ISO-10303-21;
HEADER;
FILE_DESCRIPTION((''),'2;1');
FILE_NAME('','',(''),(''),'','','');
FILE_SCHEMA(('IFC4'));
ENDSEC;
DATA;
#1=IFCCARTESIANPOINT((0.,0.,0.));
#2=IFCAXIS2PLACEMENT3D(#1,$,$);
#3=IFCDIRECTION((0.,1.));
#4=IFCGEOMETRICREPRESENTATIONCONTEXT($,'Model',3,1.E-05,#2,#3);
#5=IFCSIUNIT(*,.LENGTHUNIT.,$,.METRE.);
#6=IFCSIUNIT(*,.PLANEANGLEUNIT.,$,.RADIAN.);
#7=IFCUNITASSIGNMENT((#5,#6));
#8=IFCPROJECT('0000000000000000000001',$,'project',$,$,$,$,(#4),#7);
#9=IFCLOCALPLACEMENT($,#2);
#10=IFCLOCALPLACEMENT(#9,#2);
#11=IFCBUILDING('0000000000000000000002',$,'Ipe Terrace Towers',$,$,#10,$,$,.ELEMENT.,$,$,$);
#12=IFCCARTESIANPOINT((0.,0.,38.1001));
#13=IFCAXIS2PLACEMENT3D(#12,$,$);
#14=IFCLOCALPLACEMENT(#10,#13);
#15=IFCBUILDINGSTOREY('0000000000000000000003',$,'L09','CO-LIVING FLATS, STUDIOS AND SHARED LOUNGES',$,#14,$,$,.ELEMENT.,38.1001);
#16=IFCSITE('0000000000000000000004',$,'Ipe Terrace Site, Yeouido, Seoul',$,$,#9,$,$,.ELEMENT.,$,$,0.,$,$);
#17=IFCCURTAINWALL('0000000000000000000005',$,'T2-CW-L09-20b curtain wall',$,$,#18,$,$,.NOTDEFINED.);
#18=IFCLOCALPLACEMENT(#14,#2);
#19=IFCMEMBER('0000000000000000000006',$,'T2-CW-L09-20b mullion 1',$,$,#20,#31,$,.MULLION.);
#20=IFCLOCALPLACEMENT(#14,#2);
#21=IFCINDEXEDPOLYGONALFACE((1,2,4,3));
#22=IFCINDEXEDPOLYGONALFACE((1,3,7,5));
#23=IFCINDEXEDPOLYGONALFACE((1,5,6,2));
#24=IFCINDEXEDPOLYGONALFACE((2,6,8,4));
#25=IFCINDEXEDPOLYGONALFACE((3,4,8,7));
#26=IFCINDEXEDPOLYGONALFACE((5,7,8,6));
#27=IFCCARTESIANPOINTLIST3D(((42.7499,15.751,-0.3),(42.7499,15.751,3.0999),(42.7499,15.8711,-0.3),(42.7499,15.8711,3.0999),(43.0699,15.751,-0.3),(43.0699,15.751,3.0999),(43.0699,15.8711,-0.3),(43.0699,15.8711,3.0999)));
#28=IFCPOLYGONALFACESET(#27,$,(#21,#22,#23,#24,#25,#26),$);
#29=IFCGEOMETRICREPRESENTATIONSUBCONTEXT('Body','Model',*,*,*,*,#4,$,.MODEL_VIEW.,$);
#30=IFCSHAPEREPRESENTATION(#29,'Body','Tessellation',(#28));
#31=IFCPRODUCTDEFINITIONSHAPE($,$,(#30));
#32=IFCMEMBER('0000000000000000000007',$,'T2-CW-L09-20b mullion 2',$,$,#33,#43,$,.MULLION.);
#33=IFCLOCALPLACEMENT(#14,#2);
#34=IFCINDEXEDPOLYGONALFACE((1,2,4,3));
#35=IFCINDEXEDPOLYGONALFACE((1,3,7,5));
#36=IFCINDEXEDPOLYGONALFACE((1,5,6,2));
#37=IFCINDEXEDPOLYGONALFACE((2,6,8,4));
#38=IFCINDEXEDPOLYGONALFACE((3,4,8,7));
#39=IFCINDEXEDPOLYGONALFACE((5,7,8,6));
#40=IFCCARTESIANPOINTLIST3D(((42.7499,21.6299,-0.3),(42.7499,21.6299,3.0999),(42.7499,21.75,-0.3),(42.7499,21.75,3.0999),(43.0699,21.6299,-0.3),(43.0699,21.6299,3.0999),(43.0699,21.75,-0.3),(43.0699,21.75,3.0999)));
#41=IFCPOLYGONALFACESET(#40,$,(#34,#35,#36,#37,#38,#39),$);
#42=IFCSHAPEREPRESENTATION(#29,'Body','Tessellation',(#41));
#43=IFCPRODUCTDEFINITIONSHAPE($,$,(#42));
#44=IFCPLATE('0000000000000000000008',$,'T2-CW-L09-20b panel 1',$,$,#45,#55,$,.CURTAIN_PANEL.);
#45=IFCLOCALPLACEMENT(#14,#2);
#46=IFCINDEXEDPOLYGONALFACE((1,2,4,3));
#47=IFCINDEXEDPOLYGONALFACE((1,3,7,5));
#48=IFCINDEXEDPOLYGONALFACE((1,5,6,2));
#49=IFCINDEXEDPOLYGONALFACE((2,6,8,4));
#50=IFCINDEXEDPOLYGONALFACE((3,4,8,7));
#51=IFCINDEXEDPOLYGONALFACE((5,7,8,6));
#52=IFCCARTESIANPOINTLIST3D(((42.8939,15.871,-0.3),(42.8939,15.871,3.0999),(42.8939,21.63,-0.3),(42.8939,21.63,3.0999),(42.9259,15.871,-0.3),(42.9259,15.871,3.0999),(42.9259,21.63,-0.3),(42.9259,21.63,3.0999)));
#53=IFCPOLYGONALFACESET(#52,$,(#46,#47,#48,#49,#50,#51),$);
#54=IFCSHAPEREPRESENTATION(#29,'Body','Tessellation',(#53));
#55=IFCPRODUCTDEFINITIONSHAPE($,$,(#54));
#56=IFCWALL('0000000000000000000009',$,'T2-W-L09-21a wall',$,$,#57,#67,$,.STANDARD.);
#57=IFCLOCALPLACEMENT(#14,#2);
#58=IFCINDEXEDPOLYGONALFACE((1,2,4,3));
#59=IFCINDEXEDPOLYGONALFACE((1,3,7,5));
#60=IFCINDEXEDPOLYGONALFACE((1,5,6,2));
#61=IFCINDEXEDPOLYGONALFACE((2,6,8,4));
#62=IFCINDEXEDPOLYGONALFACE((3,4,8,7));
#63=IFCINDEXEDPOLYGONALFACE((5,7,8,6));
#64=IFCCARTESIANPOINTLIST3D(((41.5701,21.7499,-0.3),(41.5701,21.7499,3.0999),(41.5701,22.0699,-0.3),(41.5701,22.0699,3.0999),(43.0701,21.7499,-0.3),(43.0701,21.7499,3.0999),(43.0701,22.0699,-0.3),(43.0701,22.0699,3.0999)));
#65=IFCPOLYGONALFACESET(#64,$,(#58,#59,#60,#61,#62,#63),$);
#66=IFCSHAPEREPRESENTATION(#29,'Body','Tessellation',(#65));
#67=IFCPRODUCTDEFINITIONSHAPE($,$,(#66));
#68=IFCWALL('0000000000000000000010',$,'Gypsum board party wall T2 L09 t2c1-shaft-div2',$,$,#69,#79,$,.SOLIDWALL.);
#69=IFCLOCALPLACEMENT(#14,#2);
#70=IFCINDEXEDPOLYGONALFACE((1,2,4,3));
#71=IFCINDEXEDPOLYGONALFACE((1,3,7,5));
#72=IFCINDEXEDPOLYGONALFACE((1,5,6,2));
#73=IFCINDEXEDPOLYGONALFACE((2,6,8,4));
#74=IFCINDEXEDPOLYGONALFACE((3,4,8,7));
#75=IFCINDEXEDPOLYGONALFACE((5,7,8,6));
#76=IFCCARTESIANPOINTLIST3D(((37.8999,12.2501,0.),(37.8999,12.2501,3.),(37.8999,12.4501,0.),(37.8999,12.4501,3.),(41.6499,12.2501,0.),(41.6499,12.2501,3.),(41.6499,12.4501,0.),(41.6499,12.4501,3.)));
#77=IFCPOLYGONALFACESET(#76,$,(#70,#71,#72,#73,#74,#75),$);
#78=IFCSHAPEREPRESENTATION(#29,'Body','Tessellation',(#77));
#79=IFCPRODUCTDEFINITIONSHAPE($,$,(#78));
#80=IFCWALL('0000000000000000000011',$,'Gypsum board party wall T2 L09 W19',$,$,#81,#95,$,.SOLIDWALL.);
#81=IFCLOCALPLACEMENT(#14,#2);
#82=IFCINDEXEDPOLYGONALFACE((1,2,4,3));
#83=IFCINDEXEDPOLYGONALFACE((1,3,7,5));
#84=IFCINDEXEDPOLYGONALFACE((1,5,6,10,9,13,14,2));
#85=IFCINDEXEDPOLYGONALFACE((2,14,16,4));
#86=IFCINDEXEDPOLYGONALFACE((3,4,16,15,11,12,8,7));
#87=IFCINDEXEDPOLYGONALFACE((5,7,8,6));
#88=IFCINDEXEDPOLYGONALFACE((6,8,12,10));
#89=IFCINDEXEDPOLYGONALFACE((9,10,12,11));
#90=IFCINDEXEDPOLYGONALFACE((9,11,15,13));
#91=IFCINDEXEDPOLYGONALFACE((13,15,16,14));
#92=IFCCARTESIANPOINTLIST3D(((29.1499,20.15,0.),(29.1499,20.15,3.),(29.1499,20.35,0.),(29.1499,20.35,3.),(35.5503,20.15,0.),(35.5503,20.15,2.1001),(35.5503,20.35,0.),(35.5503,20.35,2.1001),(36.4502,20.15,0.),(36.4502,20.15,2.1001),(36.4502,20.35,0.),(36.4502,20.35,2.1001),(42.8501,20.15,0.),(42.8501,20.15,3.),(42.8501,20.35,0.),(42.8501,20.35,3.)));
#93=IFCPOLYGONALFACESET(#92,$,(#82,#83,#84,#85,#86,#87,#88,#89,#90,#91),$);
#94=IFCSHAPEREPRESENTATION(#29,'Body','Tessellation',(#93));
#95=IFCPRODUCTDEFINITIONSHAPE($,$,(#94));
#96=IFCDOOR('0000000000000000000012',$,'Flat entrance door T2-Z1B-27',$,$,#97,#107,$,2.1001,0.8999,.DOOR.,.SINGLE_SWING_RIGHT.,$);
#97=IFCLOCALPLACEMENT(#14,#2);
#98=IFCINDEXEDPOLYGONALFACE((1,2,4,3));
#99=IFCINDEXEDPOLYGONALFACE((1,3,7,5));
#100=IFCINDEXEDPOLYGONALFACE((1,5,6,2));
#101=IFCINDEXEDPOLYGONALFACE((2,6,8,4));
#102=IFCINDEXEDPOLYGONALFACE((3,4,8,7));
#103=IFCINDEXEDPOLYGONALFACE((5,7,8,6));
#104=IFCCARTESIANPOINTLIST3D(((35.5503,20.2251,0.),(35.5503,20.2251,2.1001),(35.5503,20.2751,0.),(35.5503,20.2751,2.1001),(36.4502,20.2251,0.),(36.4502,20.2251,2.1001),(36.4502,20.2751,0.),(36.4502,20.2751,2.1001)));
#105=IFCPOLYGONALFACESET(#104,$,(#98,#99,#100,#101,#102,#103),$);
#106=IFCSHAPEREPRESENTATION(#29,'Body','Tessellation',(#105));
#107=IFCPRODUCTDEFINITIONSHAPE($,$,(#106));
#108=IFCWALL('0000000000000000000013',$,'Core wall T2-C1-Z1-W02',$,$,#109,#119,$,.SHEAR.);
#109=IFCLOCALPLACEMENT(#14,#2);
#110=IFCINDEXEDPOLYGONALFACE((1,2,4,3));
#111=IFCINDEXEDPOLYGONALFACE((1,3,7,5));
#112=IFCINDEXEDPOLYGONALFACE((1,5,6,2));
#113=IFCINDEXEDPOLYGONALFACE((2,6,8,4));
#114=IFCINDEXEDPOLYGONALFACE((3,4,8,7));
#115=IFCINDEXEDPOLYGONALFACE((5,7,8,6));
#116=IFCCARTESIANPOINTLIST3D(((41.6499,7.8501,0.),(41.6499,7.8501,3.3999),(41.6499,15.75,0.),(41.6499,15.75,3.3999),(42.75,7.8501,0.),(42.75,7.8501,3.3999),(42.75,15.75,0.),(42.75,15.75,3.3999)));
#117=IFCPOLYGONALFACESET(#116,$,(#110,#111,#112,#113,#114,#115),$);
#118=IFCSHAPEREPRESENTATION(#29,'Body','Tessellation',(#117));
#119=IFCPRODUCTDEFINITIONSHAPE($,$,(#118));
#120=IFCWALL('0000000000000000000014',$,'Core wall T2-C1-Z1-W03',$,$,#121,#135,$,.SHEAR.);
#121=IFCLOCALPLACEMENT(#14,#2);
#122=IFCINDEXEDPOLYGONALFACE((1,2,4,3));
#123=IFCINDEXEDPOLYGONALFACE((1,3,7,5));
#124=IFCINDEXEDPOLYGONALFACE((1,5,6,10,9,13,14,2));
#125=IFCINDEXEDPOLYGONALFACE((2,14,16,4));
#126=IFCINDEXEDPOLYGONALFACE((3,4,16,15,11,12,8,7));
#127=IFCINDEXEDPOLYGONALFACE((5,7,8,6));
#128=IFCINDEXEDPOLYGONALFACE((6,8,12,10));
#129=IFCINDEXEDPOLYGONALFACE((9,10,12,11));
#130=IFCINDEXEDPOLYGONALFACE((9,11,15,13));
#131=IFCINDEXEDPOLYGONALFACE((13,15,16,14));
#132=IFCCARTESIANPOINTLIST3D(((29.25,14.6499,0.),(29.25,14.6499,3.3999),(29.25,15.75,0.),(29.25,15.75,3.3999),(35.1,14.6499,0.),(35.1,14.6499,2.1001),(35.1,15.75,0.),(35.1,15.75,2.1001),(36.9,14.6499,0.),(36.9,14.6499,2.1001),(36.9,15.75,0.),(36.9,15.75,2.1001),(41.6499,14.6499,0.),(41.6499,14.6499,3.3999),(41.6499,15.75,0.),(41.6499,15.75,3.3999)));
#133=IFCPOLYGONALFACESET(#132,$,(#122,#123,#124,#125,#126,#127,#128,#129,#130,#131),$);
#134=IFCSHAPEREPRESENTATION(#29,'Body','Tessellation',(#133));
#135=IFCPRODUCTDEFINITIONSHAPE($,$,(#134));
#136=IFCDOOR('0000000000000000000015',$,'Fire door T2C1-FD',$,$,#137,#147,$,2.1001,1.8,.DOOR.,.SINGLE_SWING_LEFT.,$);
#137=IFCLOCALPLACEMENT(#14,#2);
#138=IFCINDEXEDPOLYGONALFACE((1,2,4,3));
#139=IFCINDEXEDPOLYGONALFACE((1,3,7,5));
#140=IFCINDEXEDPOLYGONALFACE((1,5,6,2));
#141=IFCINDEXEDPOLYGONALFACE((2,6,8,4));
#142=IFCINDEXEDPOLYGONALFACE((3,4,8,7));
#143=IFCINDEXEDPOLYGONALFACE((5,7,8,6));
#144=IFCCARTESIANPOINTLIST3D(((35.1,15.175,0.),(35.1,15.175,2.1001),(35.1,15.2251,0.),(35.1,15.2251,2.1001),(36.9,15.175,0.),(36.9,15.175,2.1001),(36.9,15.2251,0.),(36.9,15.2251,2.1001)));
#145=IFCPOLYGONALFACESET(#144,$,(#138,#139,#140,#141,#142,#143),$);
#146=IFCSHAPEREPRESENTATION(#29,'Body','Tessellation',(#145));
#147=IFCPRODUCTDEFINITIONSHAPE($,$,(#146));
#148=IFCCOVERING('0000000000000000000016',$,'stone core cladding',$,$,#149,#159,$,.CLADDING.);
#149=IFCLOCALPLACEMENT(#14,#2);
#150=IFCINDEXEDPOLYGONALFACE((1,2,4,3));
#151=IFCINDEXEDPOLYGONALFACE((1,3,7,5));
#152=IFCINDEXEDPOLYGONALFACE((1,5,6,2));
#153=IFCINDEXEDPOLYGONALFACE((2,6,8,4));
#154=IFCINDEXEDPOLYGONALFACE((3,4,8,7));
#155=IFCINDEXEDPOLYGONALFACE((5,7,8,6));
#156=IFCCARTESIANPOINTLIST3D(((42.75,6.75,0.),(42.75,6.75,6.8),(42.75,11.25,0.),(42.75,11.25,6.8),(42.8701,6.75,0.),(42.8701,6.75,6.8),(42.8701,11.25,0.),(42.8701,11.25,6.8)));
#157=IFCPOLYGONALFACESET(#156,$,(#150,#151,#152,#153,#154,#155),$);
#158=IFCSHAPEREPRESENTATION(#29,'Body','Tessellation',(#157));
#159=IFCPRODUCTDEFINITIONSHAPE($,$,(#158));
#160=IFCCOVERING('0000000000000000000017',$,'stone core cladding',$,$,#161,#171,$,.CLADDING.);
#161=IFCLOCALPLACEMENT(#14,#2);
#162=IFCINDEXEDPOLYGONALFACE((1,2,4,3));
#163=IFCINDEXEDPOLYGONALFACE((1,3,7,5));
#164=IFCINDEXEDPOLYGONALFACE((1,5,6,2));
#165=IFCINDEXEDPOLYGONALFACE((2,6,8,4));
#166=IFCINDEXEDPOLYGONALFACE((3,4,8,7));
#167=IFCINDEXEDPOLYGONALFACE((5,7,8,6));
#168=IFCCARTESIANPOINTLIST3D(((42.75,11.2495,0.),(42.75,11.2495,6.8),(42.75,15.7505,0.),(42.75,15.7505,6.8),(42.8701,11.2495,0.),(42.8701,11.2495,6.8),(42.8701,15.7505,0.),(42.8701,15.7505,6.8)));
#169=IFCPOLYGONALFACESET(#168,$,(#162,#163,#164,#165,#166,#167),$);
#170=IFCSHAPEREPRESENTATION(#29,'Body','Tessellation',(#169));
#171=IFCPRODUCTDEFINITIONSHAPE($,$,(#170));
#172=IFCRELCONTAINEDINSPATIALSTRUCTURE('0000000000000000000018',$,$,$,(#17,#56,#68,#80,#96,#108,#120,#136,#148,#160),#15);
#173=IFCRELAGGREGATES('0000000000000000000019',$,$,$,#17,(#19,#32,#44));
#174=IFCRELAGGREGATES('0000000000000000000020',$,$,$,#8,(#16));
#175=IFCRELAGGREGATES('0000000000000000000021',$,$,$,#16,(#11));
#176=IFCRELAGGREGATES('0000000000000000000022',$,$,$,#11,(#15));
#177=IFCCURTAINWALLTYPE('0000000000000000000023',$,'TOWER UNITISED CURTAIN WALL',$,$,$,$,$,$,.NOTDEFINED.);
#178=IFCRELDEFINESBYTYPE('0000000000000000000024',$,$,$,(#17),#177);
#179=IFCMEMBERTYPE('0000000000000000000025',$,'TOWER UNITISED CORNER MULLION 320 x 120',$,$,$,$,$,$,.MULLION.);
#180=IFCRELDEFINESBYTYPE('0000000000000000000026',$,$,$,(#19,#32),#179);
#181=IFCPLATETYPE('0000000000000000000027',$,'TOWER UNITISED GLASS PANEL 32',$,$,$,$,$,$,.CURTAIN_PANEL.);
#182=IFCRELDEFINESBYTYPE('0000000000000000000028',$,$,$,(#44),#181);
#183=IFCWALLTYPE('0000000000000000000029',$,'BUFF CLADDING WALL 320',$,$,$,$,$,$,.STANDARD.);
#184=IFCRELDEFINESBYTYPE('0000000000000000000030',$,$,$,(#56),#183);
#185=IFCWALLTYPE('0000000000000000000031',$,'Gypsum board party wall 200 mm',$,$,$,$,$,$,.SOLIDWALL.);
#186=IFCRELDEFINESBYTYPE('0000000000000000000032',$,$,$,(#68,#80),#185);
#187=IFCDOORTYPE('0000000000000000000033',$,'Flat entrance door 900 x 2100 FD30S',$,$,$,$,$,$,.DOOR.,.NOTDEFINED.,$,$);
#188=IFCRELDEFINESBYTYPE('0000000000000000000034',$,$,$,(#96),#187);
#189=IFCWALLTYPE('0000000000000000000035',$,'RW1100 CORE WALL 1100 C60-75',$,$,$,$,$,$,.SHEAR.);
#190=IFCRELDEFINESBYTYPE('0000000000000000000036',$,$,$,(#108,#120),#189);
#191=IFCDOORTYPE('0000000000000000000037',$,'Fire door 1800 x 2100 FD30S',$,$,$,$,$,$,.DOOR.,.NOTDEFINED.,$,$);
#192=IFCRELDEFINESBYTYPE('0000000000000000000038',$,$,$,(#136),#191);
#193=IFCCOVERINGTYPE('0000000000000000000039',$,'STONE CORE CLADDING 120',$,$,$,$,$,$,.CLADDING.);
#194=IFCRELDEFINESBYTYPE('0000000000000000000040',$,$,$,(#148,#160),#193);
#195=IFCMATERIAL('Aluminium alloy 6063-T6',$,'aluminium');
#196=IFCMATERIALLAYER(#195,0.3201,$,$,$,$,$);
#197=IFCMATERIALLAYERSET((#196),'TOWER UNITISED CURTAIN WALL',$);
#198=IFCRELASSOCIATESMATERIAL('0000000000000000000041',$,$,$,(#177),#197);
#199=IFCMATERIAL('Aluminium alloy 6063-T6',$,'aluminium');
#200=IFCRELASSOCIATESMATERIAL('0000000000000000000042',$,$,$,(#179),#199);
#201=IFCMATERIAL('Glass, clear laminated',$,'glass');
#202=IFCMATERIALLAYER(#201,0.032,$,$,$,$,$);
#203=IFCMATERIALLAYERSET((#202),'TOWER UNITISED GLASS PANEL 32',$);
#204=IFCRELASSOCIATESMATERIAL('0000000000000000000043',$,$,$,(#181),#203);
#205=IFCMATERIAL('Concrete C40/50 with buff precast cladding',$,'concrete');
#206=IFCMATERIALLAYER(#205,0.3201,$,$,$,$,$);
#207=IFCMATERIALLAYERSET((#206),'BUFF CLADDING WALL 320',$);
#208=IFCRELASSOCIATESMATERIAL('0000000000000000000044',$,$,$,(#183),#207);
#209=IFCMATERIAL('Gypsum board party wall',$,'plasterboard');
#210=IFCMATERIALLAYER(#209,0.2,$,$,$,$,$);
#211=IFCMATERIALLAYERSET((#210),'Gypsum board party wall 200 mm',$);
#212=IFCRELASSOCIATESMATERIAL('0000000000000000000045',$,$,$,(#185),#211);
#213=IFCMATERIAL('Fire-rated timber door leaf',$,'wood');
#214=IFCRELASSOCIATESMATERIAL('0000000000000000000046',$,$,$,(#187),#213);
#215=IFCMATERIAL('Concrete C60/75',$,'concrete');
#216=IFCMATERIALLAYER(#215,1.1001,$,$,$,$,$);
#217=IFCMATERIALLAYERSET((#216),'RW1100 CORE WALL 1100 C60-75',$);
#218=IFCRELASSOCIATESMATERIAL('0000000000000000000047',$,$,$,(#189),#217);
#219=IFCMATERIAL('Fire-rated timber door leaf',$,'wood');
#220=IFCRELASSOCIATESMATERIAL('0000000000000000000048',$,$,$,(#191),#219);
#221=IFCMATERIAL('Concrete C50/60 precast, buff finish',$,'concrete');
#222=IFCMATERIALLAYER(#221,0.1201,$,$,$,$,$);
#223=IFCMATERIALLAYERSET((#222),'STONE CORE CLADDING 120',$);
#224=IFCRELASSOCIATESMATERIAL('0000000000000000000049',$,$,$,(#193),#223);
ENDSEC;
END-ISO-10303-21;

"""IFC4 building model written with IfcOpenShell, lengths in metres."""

from ifc_helpers import new_model, si_unit, direction, frame, frame_2d, origin, origin_2d, place, context, subcontext, project, spatial, rectangle, extrude, material, layer, layer_set, material_profile, profile_set, type_object, element, fill, aggregate, save


model = new_model("IFC4")

# Units and contexts
model_context = context("Model", 3, precision=1e-05, world=origin(), true_north=direction((0.0, 1.0)))
body_context = subcontext(model_context, "Body", "Model", "MODEL_VIEW")
ifc_project = project(units=[si_unit("LENGTHUNIT", "METRE"), si_unit("PLANEANGLEUNIT", "RADIAN")], contexts=[model_context])

# Site, building, storey
site_placement = place(None, origin())
site = spatial("IfcSite", under=ifc_project, at=site_placement, Name="Ipe Terrace Site, Yeouido, Seoul", CompositionType="ELEMENT", RefElevation=0.0)
building_placement = place(site_placement, origin())
building = spatial("IfcBuilding", under=site, at=building_placement, Name="Ipe Terrace Towers", CompositionType="ELEMENT")
storey_placement = place(building_placement, frame((0.0, 0.0, 38.1001)))
storey = spatial("IfcBuildingStorey", under=building, at=storey_placement, Name="L09", Description="CO-LIVING FLATS, STUDIOS AND SHARED LOUNGES", CompositionType="ELEMENT", Elevation=38.1001)

# Curtain wall, members, plate
ifc_material_1 = material(Name="Aluminium alloy 6063-T6", Category="aluminium")
ifc_layer_1 = layer(ifc_material_1, 0.3201)
ifc_layer_set_1 = layer_set([ifc_layer_1], Name="TOWER UNITISED CURTAIN WALL")
curtain_wall_type = type_object("IfcCurtainWallType", Name="TOWER UNITISED CURTAIN WALL", PredefinedType="NOTDEFINED", material=ifc_layer_set_1)
curtain_wall_placement = place(storey_placement, origin())
curtain_wall = element("IfcCurtainWall", 1, at=curtain_wall_placement, inside=storey, type_object=curtain_wall_type, Name="T2-CW-L09-20b curtain wall", PredefinedType="NOTDEFINED")
ifc_material_2 = material(Name="Aluminium alloy 6063-T6", Category="aluminium")
ifc_material_profile_1 = material_profile(ifc_material_2, rectangle(XDim=0.3201, YDim=0.1201, at=origin_2d()), Name="TOWER UNITISED CORNER MULLION 320 x 120")
ifc_profile_set_1 = profile_set([ifc_material_profile_1], Name="Aluminium alloy 6063-T6")
member_type = type_object("IfcMemberType", Name="TOWER UNITISED CORNER MULLION 320 x 120", PredefinedType="MULLION", material=ifc_profile_set_1)
member_1_placement = place(storey_placement, frame((42.9099, 15.811, -0.3), z_axis=(0.0, 0.0, 1.0), x_axis=(1.0, 0.0, 0.0)))
member_1 = element("IfcMember", 2, at=member_1_placement, type_object=member_type, Name="T2-CW-L09-20b mullion 1", PredefinedType="MULLION", context=body_context, shape_type="SweptSolid", body=[
    extrude(rectangle(XDim=0.3201, YDim=0.1201, at=origin_2d()), origin(), (0.0, 0.0, 1.0), 3.3999),
])
member_2_placement = place(storey_placement, frame((42.9099, 21.6899, -0.3), z_axis=(0.0, 0.0, 1.0), x_axis=(1.0, 0.0, 0.0)))
member_2 = element("IfcMember", 3, at=member_2_placement, type_object=member_type, Name="T2-CW-L09-20b mullion 2", PredefinedType="MULLION", context=body_context, shape_type="SweptSolid", body=[
    extrude(rectangle(XDim=0.3201, YDim=0.1201, at=origin_2d()), origin(), (0.0, 0.0, 1.0), 3.3999),
])
ifc_material_3 = material(Name="Glass, clear laminated", Category="glass")
ifc_layer_2 = layer(ifc_material_3, 0.032)
ifc_layer_set_2 = layer_set([ifc_layer_2], Name="TOWER UNITISED GLASS PANEL 32")
plate_type = type_object("IfcPlateType", Name="TOWER UNITISED GLASS PANEL 32", PredefinedType="CURTAIN_PANEL", material=ifc_layer_set_2)
plate_placement = place(storey_placement, frame((42.9099, 18.7505, -0.3), z_axis=(0.0, 0.0, 1.0), x_axis=(0.0, 1.0, 0.0)))
plate = element("IfcPlate", 4, at=plate_placement, type_object=plate_type, Name="T2-CW-L09-20b panel 1", PredefinedType="CURTAIN_PANEL", context=body_context, shape_type="SweptSolid", body=[
    extrude(rectangle(XDim=5.759, YDim=0.032, at=origin_2d()), origin(), (0.0, 0.0, 1.0), 3.3999),
])
aggregate(curtain_wall, [member_1, member_2, plate])

# Walls
ifc_material_4 = material(Name="Concrete C40/50 with buff precast cladding", Category="concrete")
ifc_layer_3 = layer(ifc_material_4, 0.3201)
ifc_layer_set_3 = layer_set([ifc_layer_3], Name="BUFF CLADDING WALL 320")
wall_type_1 = type_object("IfcWallType", Name="BUFF CLADDING WALL 320", PredefinedType="STANDARD", material=ifc_layer_set_3)
wall_1_placement = place(storey_placement, frame((43.0701, 21.9099, -0.3), z_axis=(0.0, 0.0, 1.0), x_axis=(-1.0, 0.0, 0.0)))
element("IfcWall", 5, at=wall_1_placement, inside=storey, type_object=wall_type_1, Name="T2-W-L09-21a wall", PredefinedType="STANDARD", context=body_context, shape_type="SweptSolid", body=[
    extrude(rectangle(XDim=1.5, YDim=0.3201, at=frame_2d((0.75, 0.0))), origin(), (0.0, 0.0, 1.0), 3.3999),
])
ifc_material_5 = material(Name="Gypsum board party wall", Category="plasterboard")
ifc_layer_4 = layer(ifc_material_5, 0.2)
ifc_layer_set_4 = layer_set([ifc_layer_4], Name="Gypsum board party wall 200 mm")
wall_type_2 = type_object("IfcWallType", Name="Gypsum board party wall 200 mm", PredefinedType="SOLIDWALL", material=ifc_layer_set_4)
wall_2_placement = place(storey_placement, frame((41.6499, 12.3501, 0.0), z_axis=(0.0, 0.0, 1.0), x_axis=(-1.0, 0.0, 0.0)))
element("IfcWall", 6, at=wall_2_placement, inside=storey, type_object=wall_type_2, Name="Gypsum board party wall T2 L09 t2c1-shaft-div2", PredefinedType="SOLIDWALL", context=body_context, shape_type="SweptSolid", body=[
    extrude(rectangle(XDim=3.75, YDim=0.2, at=frame_2d((1.875, 0.0))), origin(), (0.0, 0.0, 1.0), 3.0),
])

# Wall, opening, door
wall_3_placement = place(storey_placement, frame((42.8501, 20.25, 0.0), z_axis=(0.0, 0.0, 1.0), x_axis=(-1.0, 0.0, 0.0)))
wall_3 = element("IfcWall", 7, at=wall_3_placement, inside=storey, type_object=wall_type_2, Name="Gypsum board party wall T2 L09 W19", PredefinedType="SOLIDWALL", context=body_context, shape_type="SweptSolid", body=[
    extrude(rectangle(XDim=13.7002, YDim=0.2, at=frame_2d((6.8501, 0.0))), origin(), (0.0, 0.0, 1.0), 3.0),
])
opening_1_placement = place(wall_3_placement, frame((6.3999, 0.0, 0.0)))
opening_1 = element("IfcOpeningElement", 8, at=opening_1_placement, cuts=wall_3, PredefinedType="OPENING", context=body_context, shape_type="SweptSolid", body=[
    extrude(rectangle(XDim=0.8999, YDim=2.1001, at=frame_2d((0.45, 1.05))), frame((0.0, 0.1099, 0.0), z_axis=(0.0, -1.0, 0.0), x_axis=(1.0, 0.0, 0.0)), (0.0, 0.0, 1.0), 0.22),
])
ifc_material_6 = material(Name="Fire-rated timber door leaf", Category="wood")
door_type_1 = type_object("IfcDoorType", Name="Flat entrance door 900 x 2100 FD30S", OperationType="NOTDEFINED", PredefinedType="DOOR", material=ifc_material_6)
door_1_placement = place(opening_1_placement, origin())
door_1 = element("IfcDoor", 9, at=door_1_placement, inside=storey, type_object=door_type_1, Name="Flat entrance door T2-Z1B-27", OperationType="SINGLE_SWING_RIGHT", OverallHeight=2.1001, OverallWidth=0.8999, PredefinedType="DOOR", context=body_context, shape_type="SweptSolid", body=[
    extrude(rectangle(XDim=0.8999, YDim=2.1001, at=frame_2d((0.45, 1.05))), frame((0.0, 0.0249, 0.0), z_axis=(0.0, -1.0, 0.0), x_axis=(1.0, 0.0, 0.0)), (0.0, 0.0, 1.0), 0.05),
])
fill(opening_1, door_1)

# Wall
ifc_material_7 = material(Name="Concrete C60/75", Category="concrete")
ifc_layer_5 = layer(ifc_material_7, 1.1001)
ifc_layer_set_5 = layer_set([ifc_layer_5], Name="RW1100 CORE WALL 1100 C60-75")
wall_type_3 = type_object("IfcWallType", Name="RW1100 CORE WALL 1100 C60-75", PredefinedType="SHEAR", material=ifc_layer_set_5)
wall_4_placement = place(storey_placement, frame((42.2, 7.8501, 0.0), z_axis=(0.0, 0.0, 1.0), x_axis=(0.0, 1.0, 0.0)))
element("IfcWall", 10, at=wall_4_placement, inside=storey, type_object=wall_type_3, Name="Core wall T2-C1-Z1-W02", PredefinedType="SHEAR", context=body_context, shape_type="SweptSolid", body=[
    extrude(rectangle(XDim=7.8999, YDim=1.1001, at=frame_2d((3.95, 0.0))), origin(), (0.0, 0.0, 1.0), 3.3999),
])

# Wall, opening, door
wall_5_placement = place(storey_placement, frame((41.6499, 15.2, 0.0), z_axis=(0.0, 0.0, 1.0), x_axis=(-1.0, 0.0, 0.0)))
wall_5 = element("IfcWall", 11, at=wall_5_placement, inside=storey, type_object=wall_type_3, Name="Core wall T2-C1-Z1-W03", PredefinedType="SHEAR", context=body_context, shape_type="SweptSolid", body=[
    extrude(rectangle(XDim=12.3999, YDim=1.1001, at=frame_2d((6.2, 0.0))), origin(), (0.0, 0.0, 1.0), 3.3999),
])
opening_2_placement = place(wall_5_placement, frame((4.75, 0.0, 0.0)))
opening_2 = element("IfcOpeningElement", 12, at=opening_2_placement, cuts=wall_5, PredefinedType="OPENING", context=body_context, shape_type="SweptSolid", body=[
    extrude(rectangle(XDim=1.8, YDim=2.1001, at=frame_2d((0.8999, 1.05))), frame((0.0, 0.5601, 0.0), z_axis=(0.0, -1.0, 0.0), x_axis=(1.0, 0.0, 0.0)), (0.0, 0.0, 1.0), 1.1201),
])
ifc_material_8 = material(Name="Fire-rated timber door leaf", Category="wood")
door_type_2 = type_object("IfcDoorType", Name="Fire door 1800 x 2100 FD30S", OperationType="NOTDEFINED", PredefinedType="DOOR", material=ifc_material_8)
door_2_placement = place(opening_2_placement, origin())
door_2 = element("IfcDoor", 13, at=door_2_placement, inside=storey, type_object=door_type_2, Name="Fire door T2C1-FD", OperationType="SINGLE_SWING_LEFT", OverallHeight=2.1001, OverallWidth=1.8, PredefinedType="DOOR", context=body_context, shape_type="SweptSolid", body=[
    extrude(rectangle(XDim=1.8, YDim=2.1001, at=frame_2d((0.8999, 1.05))), frame((0.0, 0.0249, 0.0), z_axis=(0.0, -1.0, 0.0), x_axis=(1.0, 0.0, 0.0)), (0.0, 0.0, 1.0), 0.05),
])
fill(opening_2, door_2)

# Coverings
ifc_material_9 = material(Name="Concrete C50/60 precast, buff finish", Category="concrete")
ifc_layer_6 = layer(ifc_material_9, 0.1201)
ifc_layer_set_6 = layer_set([ifc_layer_6], Name="STONE CORE CLADDING 120")
covering_type_1 = type_object("IfcCoveringType", Name="STONE CORE CLADDING 120", PredefinedType="CLADDING", material=ifc_layer_set_6)
covering_1_placement = place(storey_placement, frame((42.8101, 9.0, 0.0), z_axis=(0.0, 0.0, 1.0), x_axis=(0.0, 1.0, 0.0)))
element("IfcCovering", 14, at=covering_1_placement, inside=storey, type_object=covering_type_1, Name="stone core cladding", PredefinedType="CLADDING", context=body_context, shape_type="SweptSolid", body=[
    extrude(rectangle(XDim=4.5, YDim=0.1201, at=origin_2d()), origin(), (0.0, 0.0, 1.0), 6.8),
])
covering_2_placement = place(storey_placement, frame((42.8101, 13.5, 0.0), z_axis=(0.0, 0.0, 1.0), x_axis=(0.0, 1.0, 0.0)))
element("IfcCovering", 15, at=covering_2_placement, inside=storey, type_object=covering_type_1, Name="stone core cladding", PredefinedType="CLADDING", context=body_context, shape_type="SweptSolid", body=[
    extrude(rectangle(XDim=4.501, YDim=0.1201, at=origin_2d()), origin(), (0.0, 0.0, 1.0), 6.8),
])

save(model, "model.ifc")
